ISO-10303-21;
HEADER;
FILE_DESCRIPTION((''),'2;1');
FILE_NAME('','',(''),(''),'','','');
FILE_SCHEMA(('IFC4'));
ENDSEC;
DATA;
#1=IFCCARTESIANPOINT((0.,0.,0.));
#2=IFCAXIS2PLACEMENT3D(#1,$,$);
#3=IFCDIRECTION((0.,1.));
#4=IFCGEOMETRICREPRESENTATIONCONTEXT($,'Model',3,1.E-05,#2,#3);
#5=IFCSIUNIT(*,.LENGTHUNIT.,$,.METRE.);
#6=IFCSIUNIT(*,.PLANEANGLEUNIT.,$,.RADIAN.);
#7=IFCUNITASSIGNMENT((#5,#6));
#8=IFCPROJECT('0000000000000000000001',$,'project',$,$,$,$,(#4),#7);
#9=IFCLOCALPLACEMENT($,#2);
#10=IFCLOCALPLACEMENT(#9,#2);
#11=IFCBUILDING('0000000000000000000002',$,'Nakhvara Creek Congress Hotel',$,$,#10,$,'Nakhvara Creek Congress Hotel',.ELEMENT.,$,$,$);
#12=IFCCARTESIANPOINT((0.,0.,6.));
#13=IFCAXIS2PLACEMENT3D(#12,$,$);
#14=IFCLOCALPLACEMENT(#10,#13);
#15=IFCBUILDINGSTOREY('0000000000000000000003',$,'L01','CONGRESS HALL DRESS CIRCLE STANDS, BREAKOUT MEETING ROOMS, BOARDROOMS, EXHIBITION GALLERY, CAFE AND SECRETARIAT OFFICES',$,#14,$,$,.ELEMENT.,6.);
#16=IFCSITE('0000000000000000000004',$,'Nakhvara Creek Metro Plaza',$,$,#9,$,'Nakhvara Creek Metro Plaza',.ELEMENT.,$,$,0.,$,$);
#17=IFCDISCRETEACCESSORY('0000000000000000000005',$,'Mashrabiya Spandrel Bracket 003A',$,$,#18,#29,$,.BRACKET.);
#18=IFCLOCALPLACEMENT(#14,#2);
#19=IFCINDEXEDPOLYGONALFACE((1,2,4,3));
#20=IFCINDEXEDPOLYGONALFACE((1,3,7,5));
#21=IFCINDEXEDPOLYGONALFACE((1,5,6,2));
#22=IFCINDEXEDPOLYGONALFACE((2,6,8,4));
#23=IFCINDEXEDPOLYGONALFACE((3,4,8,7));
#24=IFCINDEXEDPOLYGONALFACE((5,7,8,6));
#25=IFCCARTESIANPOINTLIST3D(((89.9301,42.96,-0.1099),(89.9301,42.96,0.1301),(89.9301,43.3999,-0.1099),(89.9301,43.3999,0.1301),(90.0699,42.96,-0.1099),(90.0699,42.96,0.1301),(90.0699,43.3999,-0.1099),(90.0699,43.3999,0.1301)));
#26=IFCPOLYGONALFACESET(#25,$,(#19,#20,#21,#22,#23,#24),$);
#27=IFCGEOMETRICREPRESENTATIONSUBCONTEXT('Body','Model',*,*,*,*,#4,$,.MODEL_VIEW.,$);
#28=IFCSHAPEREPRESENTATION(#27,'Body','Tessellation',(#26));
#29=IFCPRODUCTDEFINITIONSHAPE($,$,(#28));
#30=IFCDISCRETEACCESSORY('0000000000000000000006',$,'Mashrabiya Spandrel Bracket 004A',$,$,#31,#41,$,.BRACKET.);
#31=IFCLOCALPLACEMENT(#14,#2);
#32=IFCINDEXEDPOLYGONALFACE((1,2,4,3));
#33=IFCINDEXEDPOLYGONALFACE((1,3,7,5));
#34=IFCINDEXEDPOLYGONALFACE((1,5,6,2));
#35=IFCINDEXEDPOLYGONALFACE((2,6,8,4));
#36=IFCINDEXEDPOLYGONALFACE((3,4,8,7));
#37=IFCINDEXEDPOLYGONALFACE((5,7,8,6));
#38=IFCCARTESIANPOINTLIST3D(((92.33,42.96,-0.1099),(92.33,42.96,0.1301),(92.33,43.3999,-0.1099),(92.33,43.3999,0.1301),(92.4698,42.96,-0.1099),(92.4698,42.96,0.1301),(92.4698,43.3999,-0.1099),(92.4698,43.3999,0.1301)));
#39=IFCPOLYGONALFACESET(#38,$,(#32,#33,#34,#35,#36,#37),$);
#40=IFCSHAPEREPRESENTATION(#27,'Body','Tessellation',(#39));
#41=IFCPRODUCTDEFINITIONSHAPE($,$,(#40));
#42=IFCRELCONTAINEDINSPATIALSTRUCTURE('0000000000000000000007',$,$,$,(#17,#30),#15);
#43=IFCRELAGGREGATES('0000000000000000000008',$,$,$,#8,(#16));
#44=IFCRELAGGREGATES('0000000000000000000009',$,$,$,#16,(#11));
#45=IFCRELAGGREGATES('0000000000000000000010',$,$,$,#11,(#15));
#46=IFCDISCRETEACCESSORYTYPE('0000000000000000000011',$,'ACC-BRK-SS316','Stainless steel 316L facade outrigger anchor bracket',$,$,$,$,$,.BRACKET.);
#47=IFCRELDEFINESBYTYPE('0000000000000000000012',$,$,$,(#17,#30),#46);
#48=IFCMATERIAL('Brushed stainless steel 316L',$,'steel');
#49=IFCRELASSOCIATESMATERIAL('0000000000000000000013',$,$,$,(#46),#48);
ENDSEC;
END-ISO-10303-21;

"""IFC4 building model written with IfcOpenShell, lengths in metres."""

from ifc_helpers import new_model, si_unit, direction, frame, origin, origin_2d, place, context, subcontext, project, spatial, rectangle, extrude, material, type_object, element, save


model = new_model("IFC4")

# Units and contexts
model_context = context("Model", 3, precision=1e-05, world=origin(), true_north=direction((0.0, 1.0)))
body_context = subcontext(model_context, "Body", "Model", "MODEL_VIEW")
ifc_project = project(units=[si_unit("LENGTHUNIT", "METRE"), si_unit("PLANEANGLEUNIT", "RADIAN")], contexts=[model_context])

# Site, building, storey
site_placement = place(None, origin())
site = spatial("IfcSite", under=ifc_project, at=site_placement, Name="Nakhvara Creek Metro Plaza", LongName="Nakhvara Creek Metro Plaza", CompositionType="ELEMENT", RefElevation=0.0)
building_placement = place(site_placement, origin())
building = spatial("IfcBuilding", under=site, at=building_placement, Name="Nakhvara Creek Congress Hotel", LongName="Nakhvara Creek Congress Hotel", CompositionType="ELEMENT")
storey_placement = place(building_placement, frame((0.0, 0.0, 6.0)))
storey = spatial("IfcBuildingStorey", under=building, at=storey_placement, Name="L01", Description="CONGRESS HALL DRESS CIRCLE STANDS, BREAKOUT MEETING ROOMS, BOARDROOMS, EXHIBITION GALLERY, CAFE AND SECRETARIAT OFFICES", CompositionType="ELEMENT", Elevation=6.0)

# Discrete accessories
ifc_material_1 = material(Name="Brushed stainless steel 316L", Category="steel")
discrete_accessory_type = type_object("IfcDiscreteAccessoryType", Name="ACC-BRK-SS316", Description="Stainless steel 316L facade outrigger anchor bracket", PredefinedType="BRACKET", material=ifc_material_1)
for number, where, z_axis, x_axis, name in (
    (1, (90.0, 43.1799, -0.1099), (0.0, 0.0, 1.0), (1.0, 0.0, 0.0), "Mashrabiya Spandrel Bracket 003A"),
    (2, (92.3999, 43.1799, -0.1099), (0.0, 0.0, 1.0), (1.0, 0.0, 0.0), "Mashrabiya Spandrel Bracket 004A"),
):
    element("IfcDiscreteAccessory", number, at=place(storey_placement, frame(where, z_axis=z_axis, x_axis=x_axis)), inside=storey, type_object=discrete_accessory_type, Name=name, PredefinedType="BRACKET", context=body_context, shape_type="SweptSolid", body=[
        extrude(rectangle(XDim=0.1399, YDim=0.4399, at=origin_2d()), origin(), (0.0, 0.0, 1.0), 0.24),
    ])

save(model, "model.ifc")
